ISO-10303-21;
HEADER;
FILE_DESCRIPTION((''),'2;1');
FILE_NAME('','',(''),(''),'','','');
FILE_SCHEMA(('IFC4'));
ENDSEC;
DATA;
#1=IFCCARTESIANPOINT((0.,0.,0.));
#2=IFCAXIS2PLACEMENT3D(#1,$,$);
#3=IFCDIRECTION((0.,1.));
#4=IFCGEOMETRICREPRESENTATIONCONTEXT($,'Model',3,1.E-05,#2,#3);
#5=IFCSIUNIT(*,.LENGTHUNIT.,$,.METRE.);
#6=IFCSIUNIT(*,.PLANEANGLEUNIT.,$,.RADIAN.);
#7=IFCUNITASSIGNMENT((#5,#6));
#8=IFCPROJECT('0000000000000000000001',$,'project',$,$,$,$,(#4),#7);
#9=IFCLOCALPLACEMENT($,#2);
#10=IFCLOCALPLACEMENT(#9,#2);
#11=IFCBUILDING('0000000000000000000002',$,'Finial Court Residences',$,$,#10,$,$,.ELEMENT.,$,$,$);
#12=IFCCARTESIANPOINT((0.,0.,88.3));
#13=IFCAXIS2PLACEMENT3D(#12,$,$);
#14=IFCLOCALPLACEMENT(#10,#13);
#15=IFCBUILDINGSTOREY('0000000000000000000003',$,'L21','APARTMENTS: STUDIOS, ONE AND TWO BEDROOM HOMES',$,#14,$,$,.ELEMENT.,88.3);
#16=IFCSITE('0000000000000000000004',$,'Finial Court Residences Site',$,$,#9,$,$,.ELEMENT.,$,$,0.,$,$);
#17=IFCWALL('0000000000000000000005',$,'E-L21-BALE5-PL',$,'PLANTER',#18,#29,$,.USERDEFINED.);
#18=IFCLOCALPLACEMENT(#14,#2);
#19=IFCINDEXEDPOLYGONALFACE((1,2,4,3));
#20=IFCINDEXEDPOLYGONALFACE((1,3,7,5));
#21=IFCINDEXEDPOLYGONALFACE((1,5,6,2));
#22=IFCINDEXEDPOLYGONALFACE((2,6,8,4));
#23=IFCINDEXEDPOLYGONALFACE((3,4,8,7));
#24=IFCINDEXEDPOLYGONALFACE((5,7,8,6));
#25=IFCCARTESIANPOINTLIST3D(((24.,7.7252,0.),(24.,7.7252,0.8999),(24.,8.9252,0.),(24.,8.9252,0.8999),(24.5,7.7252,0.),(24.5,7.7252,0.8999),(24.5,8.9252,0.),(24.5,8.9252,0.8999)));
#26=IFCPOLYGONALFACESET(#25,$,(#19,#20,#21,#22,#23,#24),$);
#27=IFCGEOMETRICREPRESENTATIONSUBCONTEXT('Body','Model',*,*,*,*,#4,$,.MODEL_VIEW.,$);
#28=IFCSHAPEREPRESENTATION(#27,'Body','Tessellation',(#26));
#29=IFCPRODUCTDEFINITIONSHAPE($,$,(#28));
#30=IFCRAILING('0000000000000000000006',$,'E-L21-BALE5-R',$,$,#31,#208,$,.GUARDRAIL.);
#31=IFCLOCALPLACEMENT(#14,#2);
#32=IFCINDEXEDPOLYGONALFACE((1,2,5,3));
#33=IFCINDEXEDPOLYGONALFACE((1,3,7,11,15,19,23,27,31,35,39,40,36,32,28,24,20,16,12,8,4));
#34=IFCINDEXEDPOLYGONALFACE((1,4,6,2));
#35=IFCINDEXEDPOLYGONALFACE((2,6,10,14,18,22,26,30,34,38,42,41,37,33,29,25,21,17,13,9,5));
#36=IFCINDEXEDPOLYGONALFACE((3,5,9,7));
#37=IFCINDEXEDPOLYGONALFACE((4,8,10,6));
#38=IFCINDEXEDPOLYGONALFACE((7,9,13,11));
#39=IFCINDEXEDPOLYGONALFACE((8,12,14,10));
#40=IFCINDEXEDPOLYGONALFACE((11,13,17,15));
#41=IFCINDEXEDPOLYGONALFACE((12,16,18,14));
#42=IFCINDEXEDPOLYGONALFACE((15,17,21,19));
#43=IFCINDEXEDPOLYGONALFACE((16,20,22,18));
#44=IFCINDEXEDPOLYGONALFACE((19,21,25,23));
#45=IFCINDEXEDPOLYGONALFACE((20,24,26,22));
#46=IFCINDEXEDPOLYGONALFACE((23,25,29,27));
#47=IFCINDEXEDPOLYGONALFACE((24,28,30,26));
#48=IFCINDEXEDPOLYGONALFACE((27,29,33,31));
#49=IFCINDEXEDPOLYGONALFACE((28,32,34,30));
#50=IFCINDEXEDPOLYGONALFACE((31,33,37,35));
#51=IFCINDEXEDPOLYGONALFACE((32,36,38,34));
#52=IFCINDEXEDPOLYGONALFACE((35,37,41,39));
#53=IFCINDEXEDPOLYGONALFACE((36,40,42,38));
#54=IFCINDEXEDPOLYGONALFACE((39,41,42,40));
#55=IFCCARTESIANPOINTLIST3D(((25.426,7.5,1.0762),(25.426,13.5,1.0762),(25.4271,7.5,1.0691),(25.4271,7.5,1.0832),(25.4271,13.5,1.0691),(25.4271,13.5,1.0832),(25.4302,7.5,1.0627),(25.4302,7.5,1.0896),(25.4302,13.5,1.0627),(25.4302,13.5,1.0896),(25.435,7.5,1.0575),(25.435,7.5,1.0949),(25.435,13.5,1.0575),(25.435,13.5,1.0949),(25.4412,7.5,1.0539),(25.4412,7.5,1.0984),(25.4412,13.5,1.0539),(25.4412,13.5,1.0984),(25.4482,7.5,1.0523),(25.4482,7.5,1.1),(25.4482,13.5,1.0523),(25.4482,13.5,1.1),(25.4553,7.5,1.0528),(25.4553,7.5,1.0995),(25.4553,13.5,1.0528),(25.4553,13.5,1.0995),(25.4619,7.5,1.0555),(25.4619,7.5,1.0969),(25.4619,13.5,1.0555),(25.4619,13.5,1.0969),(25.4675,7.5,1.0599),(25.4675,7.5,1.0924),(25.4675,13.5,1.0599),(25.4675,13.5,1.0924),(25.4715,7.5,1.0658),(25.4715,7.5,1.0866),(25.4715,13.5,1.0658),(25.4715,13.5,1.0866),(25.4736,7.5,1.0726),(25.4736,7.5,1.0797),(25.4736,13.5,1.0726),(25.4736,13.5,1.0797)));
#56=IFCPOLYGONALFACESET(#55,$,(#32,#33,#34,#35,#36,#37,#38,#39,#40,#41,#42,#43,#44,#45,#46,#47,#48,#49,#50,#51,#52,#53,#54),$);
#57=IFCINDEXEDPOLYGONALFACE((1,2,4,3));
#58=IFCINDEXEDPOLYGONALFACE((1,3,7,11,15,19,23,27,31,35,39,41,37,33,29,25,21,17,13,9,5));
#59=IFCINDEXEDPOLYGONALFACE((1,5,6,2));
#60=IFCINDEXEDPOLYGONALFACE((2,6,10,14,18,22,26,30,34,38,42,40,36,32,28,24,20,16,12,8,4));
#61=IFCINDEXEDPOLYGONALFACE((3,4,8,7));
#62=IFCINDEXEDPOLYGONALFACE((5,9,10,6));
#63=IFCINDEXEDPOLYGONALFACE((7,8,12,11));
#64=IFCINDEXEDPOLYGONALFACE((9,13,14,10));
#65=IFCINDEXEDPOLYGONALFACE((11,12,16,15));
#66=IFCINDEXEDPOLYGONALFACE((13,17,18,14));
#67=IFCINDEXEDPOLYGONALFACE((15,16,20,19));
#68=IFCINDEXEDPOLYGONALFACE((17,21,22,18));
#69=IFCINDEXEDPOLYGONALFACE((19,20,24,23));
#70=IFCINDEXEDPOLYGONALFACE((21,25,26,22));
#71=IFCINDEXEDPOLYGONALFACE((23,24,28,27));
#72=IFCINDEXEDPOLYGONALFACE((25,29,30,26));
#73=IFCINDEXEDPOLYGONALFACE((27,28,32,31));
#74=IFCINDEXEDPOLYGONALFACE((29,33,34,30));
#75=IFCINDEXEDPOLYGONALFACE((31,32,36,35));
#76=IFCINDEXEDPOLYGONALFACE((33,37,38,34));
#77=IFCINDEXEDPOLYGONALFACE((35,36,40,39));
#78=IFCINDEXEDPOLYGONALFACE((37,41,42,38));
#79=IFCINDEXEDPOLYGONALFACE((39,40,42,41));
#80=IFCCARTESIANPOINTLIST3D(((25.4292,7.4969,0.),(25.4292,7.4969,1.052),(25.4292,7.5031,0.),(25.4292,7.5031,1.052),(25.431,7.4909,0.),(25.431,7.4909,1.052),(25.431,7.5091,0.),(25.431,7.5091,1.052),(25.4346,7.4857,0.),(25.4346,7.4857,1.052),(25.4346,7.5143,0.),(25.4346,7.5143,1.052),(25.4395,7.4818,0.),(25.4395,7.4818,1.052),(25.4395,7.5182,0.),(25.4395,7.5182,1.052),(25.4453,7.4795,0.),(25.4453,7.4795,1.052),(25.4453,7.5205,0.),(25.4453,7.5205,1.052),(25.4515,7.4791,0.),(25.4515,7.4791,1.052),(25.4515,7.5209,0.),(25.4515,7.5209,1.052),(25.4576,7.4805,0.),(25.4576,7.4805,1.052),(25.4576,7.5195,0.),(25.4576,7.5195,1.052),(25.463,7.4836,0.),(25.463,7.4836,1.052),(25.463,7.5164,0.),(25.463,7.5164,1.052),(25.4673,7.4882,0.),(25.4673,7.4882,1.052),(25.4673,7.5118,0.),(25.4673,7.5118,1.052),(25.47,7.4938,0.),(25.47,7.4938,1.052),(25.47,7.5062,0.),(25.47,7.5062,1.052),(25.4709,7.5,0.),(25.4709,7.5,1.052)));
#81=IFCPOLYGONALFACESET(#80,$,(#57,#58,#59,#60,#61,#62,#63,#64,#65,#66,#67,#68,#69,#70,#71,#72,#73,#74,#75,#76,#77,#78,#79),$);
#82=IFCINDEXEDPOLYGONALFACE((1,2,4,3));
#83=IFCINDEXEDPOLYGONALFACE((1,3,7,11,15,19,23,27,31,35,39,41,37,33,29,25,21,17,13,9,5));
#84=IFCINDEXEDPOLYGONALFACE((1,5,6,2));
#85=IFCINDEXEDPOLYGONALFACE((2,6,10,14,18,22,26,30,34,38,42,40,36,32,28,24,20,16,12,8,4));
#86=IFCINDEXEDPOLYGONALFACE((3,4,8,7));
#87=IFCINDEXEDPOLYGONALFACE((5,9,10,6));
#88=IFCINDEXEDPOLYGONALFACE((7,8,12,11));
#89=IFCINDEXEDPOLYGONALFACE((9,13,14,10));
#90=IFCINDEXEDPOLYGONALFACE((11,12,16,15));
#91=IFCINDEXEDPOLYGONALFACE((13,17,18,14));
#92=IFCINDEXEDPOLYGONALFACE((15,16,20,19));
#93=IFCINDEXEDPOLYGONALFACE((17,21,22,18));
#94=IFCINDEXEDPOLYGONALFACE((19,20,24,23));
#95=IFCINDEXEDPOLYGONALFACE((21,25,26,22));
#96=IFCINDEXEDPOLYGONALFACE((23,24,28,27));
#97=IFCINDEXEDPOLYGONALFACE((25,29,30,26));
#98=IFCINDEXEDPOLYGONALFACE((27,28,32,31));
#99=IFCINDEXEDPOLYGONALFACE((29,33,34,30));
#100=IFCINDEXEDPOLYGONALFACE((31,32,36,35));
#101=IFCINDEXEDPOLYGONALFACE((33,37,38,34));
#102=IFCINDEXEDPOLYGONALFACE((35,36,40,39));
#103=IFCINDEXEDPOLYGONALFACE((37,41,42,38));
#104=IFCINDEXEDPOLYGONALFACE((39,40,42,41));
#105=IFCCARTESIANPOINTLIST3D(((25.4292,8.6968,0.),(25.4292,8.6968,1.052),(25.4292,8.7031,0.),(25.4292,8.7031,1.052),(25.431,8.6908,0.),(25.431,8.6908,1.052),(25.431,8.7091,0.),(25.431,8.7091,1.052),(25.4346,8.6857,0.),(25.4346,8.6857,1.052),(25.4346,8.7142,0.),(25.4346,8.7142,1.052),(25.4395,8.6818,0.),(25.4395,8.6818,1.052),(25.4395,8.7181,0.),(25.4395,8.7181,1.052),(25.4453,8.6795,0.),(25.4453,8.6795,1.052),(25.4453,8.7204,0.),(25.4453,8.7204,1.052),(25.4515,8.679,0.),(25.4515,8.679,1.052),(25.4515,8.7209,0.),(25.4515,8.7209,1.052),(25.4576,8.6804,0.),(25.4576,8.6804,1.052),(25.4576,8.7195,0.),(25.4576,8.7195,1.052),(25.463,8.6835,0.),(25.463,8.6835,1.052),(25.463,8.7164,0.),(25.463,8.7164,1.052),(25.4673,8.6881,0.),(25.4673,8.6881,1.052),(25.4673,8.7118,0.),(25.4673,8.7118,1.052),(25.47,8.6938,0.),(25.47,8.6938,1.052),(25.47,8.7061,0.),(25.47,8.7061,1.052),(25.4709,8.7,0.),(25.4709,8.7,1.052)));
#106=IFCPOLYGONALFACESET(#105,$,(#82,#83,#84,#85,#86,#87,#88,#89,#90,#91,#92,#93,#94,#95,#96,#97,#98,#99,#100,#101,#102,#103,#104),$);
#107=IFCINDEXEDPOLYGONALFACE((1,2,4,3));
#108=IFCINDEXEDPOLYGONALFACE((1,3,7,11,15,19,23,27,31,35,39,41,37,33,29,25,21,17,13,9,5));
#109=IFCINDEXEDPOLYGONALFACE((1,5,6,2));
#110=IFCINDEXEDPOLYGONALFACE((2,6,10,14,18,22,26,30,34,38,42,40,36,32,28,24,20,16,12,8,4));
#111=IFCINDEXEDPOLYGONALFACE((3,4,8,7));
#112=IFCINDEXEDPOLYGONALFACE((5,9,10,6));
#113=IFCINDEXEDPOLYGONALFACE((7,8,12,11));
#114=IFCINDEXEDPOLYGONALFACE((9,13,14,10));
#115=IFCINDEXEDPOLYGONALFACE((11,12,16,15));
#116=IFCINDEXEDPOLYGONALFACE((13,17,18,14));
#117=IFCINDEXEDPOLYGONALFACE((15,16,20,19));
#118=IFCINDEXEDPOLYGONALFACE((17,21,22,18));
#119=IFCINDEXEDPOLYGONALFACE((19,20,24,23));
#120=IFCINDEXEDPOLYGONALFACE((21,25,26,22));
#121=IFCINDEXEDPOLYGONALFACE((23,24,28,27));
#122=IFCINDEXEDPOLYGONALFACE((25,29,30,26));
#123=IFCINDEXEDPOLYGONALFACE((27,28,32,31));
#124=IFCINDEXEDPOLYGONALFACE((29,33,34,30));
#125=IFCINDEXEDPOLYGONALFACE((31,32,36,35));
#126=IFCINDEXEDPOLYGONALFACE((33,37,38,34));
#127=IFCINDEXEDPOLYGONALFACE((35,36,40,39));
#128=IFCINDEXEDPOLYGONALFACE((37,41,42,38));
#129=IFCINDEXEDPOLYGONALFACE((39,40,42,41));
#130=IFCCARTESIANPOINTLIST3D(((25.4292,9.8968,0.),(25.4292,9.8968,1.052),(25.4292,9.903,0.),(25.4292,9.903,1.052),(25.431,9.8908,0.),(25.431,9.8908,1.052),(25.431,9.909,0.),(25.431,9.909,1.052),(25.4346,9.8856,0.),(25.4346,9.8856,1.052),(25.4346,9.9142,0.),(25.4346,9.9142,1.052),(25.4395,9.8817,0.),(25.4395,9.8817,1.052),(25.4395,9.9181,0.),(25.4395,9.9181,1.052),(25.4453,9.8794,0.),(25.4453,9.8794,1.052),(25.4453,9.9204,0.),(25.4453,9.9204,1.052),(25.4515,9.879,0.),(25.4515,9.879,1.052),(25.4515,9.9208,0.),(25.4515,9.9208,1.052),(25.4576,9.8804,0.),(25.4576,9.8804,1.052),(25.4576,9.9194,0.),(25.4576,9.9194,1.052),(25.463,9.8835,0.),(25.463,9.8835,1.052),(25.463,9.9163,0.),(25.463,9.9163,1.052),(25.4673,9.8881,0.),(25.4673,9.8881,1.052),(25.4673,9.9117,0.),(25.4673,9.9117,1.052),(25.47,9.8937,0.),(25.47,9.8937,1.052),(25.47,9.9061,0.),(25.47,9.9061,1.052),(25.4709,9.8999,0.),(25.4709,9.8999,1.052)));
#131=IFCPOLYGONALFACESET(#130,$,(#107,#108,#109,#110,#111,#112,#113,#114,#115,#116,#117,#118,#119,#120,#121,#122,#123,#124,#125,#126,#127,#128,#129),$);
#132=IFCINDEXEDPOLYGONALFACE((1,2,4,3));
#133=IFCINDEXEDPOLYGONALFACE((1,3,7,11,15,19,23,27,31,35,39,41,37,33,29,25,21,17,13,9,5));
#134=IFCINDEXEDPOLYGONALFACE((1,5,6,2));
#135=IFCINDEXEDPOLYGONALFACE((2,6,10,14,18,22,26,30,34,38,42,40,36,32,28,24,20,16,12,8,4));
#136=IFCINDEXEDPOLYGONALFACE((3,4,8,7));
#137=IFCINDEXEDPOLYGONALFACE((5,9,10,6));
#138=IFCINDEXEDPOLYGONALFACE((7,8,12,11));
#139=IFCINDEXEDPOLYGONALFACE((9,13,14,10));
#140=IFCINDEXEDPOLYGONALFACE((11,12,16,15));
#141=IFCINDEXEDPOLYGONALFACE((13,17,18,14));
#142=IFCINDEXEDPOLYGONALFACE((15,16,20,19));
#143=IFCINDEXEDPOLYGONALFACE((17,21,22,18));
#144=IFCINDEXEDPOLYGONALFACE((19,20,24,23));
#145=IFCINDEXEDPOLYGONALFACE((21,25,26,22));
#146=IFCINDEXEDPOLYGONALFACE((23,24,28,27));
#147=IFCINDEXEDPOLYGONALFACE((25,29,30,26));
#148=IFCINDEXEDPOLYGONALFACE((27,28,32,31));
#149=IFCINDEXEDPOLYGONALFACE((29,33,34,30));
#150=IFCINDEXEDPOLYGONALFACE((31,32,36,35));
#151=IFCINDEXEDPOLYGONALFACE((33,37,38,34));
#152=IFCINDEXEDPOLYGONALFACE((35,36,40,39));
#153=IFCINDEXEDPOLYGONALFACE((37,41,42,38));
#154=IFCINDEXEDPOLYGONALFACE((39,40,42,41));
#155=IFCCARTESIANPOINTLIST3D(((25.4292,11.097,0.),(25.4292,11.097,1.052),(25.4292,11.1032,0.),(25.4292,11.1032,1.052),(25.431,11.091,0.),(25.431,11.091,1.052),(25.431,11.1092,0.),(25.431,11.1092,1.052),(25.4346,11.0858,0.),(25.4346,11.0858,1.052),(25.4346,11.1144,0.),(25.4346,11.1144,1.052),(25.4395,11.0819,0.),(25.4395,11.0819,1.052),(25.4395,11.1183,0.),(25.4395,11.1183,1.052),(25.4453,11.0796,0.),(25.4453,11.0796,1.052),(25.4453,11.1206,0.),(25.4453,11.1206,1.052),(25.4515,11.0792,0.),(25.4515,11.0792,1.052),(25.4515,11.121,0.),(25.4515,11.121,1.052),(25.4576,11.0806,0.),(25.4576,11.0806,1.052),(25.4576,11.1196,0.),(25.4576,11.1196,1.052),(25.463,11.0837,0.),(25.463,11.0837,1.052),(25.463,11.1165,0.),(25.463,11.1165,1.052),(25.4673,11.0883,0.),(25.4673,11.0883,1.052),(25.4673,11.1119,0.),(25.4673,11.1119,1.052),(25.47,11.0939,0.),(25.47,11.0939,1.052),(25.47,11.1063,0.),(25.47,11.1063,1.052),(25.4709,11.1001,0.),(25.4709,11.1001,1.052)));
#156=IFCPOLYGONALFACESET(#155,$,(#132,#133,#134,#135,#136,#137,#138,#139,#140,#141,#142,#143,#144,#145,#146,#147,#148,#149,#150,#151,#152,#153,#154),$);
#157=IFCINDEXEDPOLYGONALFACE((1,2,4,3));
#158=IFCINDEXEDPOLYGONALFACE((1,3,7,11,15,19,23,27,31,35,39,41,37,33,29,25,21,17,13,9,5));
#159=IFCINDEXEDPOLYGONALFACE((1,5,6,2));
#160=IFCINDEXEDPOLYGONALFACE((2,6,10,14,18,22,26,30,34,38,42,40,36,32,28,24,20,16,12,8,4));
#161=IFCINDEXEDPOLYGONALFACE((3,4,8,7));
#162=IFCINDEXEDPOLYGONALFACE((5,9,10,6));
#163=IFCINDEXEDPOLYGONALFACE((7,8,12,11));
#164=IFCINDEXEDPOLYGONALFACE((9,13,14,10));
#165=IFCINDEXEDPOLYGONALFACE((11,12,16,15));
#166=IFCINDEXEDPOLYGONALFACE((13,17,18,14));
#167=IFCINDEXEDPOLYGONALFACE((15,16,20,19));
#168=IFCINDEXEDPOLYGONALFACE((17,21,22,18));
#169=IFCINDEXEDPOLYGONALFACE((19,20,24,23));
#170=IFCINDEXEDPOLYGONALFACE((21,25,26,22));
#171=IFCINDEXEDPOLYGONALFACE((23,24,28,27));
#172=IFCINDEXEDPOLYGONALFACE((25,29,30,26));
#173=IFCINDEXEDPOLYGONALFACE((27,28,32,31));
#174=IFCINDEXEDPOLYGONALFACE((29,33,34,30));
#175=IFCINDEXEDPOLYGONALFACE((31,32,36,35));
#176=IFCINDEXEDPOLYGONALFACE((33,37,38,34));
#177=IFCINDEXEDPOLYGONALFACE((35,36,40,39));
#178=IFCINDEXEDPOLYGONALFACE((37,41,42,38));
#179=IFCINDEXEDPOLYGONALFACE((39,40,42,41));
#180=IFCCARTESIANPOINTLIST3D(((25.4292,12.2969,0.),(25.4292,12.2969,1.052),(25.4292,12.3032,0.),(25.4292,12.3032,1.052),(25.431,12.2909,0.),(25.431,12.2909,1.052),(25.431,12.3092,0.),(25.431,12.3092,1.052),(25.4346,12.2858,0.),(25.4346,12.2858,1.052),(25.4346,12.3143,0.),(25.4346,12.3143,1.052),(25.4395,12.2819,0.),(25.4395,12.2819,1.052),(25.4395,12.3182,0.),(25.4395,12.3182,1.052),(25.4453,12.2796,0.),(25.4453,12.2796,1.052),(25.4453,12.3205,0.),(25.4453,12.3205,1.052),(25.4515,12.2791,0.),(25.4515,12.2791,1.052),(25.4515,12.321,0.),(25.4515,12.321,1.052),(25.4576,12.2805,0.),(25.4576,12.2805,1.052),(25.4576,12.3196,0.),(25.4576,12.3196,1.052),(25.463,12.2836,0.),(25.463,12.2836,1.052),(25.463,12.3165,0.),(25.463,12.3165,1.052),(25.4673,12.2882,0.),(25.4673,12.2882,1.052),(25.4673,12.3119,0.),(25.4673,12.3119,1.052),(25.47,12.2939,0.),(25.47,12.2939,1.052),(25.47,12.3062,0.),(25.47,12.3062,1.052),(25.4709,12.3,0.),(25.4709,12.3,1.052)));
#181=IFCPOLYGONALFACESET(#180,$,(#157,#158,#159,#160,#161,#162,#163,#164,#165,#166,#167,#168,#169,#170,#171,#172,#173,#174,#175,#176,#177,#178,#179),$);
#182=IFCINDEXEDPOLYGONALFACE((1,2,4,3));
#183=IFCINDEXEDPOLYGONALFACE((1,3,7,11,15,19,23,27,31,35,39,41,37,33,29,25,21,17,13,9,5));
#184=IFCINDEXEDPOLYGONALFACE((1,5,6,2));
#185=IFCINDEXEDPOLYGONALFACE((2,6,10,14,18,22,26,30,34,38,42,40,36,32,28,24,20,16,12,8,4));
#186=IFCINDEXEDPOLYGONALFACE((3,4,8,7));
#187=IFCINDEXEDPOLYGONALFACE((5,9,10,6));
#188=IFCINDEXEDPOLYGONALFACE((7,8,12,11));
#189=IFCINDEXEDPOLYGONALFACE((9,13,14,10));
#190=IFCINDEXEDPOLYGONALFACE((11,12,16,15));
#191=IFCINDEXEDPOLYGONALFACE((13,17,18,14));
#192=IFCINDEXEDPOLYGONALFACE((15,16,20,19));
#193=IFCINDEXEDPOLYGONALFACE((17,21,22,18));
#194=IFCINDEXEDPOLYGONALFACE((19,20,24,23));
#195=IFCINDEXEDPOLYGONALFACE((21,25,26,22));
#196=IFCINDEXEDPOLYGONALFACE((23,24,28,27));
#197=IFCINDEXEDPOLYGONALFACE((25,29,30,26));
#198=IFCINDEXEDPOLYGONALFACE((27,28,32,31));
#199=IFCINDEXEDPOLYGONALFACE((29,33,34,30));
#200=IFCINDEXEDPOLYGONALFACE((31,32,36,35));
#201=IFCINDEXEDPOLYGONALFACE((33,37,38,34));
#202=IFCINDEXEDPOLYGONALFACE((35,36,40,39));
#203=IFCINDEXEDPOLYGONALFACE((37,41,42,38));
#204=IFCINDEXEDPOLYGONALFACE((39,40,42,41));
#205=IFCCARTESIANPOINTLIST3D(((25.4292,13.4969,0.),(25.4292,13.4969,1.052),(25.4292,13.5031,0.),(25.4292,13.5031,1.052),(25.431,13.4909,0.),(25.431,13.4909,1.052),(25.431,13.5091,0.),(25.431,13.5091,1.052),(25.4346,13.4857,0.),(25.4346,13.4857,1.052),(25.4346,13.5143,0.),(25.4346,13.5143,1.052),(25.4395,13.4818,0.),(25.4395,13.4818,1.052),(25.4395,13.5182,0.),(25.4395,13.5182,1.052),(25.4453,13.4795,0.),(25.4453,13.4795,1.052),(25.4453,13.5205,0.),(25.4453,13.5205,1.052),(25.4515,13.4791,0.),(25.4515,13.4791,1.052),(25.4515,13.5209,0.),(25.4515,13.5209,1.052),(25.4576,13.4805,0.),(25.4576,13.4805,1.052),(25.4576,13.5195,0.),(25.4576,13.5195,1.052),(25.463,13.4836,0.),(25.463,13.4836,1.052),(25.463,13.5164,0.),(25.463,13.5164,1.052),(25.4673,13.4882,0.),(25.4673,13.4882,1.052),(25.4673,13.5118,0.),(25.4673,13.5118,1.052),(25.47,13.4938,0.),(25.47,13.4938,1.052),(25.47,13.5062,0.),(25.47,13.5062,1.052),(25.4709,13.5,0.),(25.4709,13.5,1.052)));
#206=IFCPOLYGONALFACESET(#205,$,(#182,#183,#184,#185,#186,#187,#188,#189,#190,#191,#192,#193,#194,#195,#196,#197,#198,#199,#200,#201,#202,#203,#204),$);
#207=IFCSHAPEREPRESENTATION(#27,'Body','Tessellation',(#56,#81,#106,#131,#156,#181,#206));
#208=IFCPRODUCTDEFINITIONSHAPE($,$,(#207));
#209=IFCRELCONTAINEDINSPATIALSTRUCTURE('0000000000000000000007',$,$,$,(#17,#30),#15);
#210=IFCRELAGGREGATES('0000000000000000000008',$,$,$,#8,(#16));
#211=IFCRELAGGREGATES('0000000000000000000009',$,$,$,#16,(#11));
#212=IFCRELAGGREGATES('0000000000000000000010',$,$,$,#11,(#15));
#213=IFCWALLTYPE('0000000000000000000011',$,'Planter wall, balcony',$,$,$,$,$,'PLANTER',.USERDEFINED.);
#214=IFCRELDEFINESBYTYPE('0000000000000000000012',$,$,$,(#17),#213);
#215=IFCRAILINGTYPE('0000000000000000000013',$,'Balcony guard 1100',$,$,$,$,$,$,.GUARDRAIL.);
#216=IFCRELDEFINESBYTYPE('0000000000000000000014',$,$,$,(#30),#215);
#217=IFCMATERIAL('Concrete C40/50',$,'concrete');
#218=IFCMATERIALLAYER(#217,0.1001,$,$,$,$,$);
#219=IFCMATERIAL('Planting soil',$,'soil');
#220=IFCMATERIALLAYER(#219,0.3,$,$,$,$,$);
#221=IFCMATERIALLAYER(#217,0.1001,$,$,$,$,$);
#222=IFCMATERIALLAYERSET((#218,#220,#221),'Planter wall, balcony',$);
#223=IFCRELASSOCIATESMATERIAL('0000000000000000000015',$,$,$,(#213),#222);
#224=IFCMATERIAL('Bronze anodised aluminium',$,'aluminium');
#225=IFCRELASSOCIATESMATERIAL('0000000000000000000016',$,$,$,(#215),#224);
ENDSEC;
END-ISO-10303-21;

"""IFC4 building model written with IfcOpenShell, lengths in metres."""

from ifc_helpers import new_model, si_unit, direction, frame, frame_2d, origin, origin_2d, place, context, subcontext, project, spatial, rectangle, circle, extrude, material, layer, layer_set, type_object, element, save


model = new_model("IFC4")

# Units and contexts
model_context = context("Model", 3, precision=1e-05, world=origin(), true_north=direction((0.0, 1.0)))
body_context = subcontext(model_context, "Body", "Model", "MODEL_VIEW")
ifc_project = project(units=[si_unit("LENGTHUNIT", "METRE"), si_unit("PLANEANGLEUNIT", "RADIAN")], contexts=[model_context])

# Site, building, storey
site_placement = place(None, origin())
site = spatial("IfcSite", under=ifc_project, at=site_placement, Name="Finial Court Residences Site", CompositionType="ELEMENT", RefElevation=0.0)
building_placement = place(site_placement, origin())
building = spatial("IfcBuilding", under=site, at=building_placement, Name="Finial Court Residences", CompositionType="ELEMENT")
storey_placement = place(building_placement, frame((0.0, 0.0, 88.3)))
storey = spatial("IfcBuildingStorey", under=building, at=storey_placement, Name="L21", Description="APARTMENTS: STUDIOS, ONE AND TWO BEDROOM HOMES", CompositionType="ELEMENT", Elevation=88.3)

# Shared definitions
ifc_material_1 = material(Name="Bronze anodised aluminium", Category="aluminium")

# Wall
ifc_material_2 = material(Name="Concrete C40/50", Category="concrete")
ifc_layer_1 = layer(ifc_material_2, 0.1001)
ifc_material_3 = material(Name="Planting soil", Category="soil")
ifc_layer_2 = layer(ifc_material_3, 0.3)
ifc_layer_3 = layer(ifc_material_2, 0.1001)
ifc_layer_set_1 = layer_set([ifc_layer_1, ifc_layer_2, ifc_layer_3], Name="Planter wall, balcony")
wall_type_1 = type_object("IfcWallType", Name="Planter wall, balcony", ElementType="PLANTER", PredefinedType="USERDEFINED", material=ifc_layer_set_1)
wall_1_placement = place(storey_placement, frame((24.25, 7.7251, 0.0), z_axis=(0.0, 0.0, 1.0), x_axis=(0.0, 1.0, 0.0)))
element("IfcWall", 1, at=wall_1_placement, inside=storey, type_object=wall_type_1, Name="E-L21-BALE5-PL", ObjectType="PLANTER", PredefinedType="USERDEFINED", context=body_context, shape_type="SweptSolid", body=[
    extrude(rectangle(XDim=1.2, YDim=0.5, at=frame_2d((0.6001, 0.0))), origin(), (0.0, 0.0, 1.0), 0.8999),
])

# Railing
railing_type = type_object("IfcRailingType", Name="Balcony guard 1100", PredefinedType="GUARDRAIL", material=ifc_material_1)
railing_placement = place(storey_placement, frame((25.45, 7.5, 0.0)))
element("IfcRailing", 2, at=railing_placement, inside=storey, type_object=railing_type, Name="E-L21-BALE5-R", PredefinedType="GUARDRAIL", context=body_context, shape_type="SweptSolid", body=[
    extrude(circle(Radius=0.0239, at=origin_2d()), frame((0.0, 0.0, 1.0762), z_axis=(0.0, 1.0, 0.0), x_axis=(-1.0, 0.0, 0.0)), (0.0, 0.0, 1.0), 6.0),
    extrude(circle(Radius=0.021, at=origin_2d()), origin(), (0.0, 0.0, 1.0), 1.052),
    extrude(circle(Radius=0.021, at=origin_2d()), frame((0.0, 1.2, 0.0)), (0.0, 0.0, 1.0), 1.052),
    extrude(circle(Radius=0.021, at=origin_2d()), frame((0.0, 2.3999, 0.0)), (0.0, 0.0, 1.0), 1.052),
    extrude(circle(Radius=0.021, at=origin_2d()), frame((0.0, 3.6001, 0.0)), (0.0, 0.0, 1.0), 1.052),
    extrude(circle(Radius=0.021, at=origin_2d()), frame((0.0, 4.8, 0.0)), (0.0, 0.0, 1.0), 1.052),
    extrude(circle(Radius=0.021, at=origin_2d()), frame((0.0, 6.0, 0.0)), (0.0, 0.0, 1.0), 1.052),
])

save(model, "model.ifc")
